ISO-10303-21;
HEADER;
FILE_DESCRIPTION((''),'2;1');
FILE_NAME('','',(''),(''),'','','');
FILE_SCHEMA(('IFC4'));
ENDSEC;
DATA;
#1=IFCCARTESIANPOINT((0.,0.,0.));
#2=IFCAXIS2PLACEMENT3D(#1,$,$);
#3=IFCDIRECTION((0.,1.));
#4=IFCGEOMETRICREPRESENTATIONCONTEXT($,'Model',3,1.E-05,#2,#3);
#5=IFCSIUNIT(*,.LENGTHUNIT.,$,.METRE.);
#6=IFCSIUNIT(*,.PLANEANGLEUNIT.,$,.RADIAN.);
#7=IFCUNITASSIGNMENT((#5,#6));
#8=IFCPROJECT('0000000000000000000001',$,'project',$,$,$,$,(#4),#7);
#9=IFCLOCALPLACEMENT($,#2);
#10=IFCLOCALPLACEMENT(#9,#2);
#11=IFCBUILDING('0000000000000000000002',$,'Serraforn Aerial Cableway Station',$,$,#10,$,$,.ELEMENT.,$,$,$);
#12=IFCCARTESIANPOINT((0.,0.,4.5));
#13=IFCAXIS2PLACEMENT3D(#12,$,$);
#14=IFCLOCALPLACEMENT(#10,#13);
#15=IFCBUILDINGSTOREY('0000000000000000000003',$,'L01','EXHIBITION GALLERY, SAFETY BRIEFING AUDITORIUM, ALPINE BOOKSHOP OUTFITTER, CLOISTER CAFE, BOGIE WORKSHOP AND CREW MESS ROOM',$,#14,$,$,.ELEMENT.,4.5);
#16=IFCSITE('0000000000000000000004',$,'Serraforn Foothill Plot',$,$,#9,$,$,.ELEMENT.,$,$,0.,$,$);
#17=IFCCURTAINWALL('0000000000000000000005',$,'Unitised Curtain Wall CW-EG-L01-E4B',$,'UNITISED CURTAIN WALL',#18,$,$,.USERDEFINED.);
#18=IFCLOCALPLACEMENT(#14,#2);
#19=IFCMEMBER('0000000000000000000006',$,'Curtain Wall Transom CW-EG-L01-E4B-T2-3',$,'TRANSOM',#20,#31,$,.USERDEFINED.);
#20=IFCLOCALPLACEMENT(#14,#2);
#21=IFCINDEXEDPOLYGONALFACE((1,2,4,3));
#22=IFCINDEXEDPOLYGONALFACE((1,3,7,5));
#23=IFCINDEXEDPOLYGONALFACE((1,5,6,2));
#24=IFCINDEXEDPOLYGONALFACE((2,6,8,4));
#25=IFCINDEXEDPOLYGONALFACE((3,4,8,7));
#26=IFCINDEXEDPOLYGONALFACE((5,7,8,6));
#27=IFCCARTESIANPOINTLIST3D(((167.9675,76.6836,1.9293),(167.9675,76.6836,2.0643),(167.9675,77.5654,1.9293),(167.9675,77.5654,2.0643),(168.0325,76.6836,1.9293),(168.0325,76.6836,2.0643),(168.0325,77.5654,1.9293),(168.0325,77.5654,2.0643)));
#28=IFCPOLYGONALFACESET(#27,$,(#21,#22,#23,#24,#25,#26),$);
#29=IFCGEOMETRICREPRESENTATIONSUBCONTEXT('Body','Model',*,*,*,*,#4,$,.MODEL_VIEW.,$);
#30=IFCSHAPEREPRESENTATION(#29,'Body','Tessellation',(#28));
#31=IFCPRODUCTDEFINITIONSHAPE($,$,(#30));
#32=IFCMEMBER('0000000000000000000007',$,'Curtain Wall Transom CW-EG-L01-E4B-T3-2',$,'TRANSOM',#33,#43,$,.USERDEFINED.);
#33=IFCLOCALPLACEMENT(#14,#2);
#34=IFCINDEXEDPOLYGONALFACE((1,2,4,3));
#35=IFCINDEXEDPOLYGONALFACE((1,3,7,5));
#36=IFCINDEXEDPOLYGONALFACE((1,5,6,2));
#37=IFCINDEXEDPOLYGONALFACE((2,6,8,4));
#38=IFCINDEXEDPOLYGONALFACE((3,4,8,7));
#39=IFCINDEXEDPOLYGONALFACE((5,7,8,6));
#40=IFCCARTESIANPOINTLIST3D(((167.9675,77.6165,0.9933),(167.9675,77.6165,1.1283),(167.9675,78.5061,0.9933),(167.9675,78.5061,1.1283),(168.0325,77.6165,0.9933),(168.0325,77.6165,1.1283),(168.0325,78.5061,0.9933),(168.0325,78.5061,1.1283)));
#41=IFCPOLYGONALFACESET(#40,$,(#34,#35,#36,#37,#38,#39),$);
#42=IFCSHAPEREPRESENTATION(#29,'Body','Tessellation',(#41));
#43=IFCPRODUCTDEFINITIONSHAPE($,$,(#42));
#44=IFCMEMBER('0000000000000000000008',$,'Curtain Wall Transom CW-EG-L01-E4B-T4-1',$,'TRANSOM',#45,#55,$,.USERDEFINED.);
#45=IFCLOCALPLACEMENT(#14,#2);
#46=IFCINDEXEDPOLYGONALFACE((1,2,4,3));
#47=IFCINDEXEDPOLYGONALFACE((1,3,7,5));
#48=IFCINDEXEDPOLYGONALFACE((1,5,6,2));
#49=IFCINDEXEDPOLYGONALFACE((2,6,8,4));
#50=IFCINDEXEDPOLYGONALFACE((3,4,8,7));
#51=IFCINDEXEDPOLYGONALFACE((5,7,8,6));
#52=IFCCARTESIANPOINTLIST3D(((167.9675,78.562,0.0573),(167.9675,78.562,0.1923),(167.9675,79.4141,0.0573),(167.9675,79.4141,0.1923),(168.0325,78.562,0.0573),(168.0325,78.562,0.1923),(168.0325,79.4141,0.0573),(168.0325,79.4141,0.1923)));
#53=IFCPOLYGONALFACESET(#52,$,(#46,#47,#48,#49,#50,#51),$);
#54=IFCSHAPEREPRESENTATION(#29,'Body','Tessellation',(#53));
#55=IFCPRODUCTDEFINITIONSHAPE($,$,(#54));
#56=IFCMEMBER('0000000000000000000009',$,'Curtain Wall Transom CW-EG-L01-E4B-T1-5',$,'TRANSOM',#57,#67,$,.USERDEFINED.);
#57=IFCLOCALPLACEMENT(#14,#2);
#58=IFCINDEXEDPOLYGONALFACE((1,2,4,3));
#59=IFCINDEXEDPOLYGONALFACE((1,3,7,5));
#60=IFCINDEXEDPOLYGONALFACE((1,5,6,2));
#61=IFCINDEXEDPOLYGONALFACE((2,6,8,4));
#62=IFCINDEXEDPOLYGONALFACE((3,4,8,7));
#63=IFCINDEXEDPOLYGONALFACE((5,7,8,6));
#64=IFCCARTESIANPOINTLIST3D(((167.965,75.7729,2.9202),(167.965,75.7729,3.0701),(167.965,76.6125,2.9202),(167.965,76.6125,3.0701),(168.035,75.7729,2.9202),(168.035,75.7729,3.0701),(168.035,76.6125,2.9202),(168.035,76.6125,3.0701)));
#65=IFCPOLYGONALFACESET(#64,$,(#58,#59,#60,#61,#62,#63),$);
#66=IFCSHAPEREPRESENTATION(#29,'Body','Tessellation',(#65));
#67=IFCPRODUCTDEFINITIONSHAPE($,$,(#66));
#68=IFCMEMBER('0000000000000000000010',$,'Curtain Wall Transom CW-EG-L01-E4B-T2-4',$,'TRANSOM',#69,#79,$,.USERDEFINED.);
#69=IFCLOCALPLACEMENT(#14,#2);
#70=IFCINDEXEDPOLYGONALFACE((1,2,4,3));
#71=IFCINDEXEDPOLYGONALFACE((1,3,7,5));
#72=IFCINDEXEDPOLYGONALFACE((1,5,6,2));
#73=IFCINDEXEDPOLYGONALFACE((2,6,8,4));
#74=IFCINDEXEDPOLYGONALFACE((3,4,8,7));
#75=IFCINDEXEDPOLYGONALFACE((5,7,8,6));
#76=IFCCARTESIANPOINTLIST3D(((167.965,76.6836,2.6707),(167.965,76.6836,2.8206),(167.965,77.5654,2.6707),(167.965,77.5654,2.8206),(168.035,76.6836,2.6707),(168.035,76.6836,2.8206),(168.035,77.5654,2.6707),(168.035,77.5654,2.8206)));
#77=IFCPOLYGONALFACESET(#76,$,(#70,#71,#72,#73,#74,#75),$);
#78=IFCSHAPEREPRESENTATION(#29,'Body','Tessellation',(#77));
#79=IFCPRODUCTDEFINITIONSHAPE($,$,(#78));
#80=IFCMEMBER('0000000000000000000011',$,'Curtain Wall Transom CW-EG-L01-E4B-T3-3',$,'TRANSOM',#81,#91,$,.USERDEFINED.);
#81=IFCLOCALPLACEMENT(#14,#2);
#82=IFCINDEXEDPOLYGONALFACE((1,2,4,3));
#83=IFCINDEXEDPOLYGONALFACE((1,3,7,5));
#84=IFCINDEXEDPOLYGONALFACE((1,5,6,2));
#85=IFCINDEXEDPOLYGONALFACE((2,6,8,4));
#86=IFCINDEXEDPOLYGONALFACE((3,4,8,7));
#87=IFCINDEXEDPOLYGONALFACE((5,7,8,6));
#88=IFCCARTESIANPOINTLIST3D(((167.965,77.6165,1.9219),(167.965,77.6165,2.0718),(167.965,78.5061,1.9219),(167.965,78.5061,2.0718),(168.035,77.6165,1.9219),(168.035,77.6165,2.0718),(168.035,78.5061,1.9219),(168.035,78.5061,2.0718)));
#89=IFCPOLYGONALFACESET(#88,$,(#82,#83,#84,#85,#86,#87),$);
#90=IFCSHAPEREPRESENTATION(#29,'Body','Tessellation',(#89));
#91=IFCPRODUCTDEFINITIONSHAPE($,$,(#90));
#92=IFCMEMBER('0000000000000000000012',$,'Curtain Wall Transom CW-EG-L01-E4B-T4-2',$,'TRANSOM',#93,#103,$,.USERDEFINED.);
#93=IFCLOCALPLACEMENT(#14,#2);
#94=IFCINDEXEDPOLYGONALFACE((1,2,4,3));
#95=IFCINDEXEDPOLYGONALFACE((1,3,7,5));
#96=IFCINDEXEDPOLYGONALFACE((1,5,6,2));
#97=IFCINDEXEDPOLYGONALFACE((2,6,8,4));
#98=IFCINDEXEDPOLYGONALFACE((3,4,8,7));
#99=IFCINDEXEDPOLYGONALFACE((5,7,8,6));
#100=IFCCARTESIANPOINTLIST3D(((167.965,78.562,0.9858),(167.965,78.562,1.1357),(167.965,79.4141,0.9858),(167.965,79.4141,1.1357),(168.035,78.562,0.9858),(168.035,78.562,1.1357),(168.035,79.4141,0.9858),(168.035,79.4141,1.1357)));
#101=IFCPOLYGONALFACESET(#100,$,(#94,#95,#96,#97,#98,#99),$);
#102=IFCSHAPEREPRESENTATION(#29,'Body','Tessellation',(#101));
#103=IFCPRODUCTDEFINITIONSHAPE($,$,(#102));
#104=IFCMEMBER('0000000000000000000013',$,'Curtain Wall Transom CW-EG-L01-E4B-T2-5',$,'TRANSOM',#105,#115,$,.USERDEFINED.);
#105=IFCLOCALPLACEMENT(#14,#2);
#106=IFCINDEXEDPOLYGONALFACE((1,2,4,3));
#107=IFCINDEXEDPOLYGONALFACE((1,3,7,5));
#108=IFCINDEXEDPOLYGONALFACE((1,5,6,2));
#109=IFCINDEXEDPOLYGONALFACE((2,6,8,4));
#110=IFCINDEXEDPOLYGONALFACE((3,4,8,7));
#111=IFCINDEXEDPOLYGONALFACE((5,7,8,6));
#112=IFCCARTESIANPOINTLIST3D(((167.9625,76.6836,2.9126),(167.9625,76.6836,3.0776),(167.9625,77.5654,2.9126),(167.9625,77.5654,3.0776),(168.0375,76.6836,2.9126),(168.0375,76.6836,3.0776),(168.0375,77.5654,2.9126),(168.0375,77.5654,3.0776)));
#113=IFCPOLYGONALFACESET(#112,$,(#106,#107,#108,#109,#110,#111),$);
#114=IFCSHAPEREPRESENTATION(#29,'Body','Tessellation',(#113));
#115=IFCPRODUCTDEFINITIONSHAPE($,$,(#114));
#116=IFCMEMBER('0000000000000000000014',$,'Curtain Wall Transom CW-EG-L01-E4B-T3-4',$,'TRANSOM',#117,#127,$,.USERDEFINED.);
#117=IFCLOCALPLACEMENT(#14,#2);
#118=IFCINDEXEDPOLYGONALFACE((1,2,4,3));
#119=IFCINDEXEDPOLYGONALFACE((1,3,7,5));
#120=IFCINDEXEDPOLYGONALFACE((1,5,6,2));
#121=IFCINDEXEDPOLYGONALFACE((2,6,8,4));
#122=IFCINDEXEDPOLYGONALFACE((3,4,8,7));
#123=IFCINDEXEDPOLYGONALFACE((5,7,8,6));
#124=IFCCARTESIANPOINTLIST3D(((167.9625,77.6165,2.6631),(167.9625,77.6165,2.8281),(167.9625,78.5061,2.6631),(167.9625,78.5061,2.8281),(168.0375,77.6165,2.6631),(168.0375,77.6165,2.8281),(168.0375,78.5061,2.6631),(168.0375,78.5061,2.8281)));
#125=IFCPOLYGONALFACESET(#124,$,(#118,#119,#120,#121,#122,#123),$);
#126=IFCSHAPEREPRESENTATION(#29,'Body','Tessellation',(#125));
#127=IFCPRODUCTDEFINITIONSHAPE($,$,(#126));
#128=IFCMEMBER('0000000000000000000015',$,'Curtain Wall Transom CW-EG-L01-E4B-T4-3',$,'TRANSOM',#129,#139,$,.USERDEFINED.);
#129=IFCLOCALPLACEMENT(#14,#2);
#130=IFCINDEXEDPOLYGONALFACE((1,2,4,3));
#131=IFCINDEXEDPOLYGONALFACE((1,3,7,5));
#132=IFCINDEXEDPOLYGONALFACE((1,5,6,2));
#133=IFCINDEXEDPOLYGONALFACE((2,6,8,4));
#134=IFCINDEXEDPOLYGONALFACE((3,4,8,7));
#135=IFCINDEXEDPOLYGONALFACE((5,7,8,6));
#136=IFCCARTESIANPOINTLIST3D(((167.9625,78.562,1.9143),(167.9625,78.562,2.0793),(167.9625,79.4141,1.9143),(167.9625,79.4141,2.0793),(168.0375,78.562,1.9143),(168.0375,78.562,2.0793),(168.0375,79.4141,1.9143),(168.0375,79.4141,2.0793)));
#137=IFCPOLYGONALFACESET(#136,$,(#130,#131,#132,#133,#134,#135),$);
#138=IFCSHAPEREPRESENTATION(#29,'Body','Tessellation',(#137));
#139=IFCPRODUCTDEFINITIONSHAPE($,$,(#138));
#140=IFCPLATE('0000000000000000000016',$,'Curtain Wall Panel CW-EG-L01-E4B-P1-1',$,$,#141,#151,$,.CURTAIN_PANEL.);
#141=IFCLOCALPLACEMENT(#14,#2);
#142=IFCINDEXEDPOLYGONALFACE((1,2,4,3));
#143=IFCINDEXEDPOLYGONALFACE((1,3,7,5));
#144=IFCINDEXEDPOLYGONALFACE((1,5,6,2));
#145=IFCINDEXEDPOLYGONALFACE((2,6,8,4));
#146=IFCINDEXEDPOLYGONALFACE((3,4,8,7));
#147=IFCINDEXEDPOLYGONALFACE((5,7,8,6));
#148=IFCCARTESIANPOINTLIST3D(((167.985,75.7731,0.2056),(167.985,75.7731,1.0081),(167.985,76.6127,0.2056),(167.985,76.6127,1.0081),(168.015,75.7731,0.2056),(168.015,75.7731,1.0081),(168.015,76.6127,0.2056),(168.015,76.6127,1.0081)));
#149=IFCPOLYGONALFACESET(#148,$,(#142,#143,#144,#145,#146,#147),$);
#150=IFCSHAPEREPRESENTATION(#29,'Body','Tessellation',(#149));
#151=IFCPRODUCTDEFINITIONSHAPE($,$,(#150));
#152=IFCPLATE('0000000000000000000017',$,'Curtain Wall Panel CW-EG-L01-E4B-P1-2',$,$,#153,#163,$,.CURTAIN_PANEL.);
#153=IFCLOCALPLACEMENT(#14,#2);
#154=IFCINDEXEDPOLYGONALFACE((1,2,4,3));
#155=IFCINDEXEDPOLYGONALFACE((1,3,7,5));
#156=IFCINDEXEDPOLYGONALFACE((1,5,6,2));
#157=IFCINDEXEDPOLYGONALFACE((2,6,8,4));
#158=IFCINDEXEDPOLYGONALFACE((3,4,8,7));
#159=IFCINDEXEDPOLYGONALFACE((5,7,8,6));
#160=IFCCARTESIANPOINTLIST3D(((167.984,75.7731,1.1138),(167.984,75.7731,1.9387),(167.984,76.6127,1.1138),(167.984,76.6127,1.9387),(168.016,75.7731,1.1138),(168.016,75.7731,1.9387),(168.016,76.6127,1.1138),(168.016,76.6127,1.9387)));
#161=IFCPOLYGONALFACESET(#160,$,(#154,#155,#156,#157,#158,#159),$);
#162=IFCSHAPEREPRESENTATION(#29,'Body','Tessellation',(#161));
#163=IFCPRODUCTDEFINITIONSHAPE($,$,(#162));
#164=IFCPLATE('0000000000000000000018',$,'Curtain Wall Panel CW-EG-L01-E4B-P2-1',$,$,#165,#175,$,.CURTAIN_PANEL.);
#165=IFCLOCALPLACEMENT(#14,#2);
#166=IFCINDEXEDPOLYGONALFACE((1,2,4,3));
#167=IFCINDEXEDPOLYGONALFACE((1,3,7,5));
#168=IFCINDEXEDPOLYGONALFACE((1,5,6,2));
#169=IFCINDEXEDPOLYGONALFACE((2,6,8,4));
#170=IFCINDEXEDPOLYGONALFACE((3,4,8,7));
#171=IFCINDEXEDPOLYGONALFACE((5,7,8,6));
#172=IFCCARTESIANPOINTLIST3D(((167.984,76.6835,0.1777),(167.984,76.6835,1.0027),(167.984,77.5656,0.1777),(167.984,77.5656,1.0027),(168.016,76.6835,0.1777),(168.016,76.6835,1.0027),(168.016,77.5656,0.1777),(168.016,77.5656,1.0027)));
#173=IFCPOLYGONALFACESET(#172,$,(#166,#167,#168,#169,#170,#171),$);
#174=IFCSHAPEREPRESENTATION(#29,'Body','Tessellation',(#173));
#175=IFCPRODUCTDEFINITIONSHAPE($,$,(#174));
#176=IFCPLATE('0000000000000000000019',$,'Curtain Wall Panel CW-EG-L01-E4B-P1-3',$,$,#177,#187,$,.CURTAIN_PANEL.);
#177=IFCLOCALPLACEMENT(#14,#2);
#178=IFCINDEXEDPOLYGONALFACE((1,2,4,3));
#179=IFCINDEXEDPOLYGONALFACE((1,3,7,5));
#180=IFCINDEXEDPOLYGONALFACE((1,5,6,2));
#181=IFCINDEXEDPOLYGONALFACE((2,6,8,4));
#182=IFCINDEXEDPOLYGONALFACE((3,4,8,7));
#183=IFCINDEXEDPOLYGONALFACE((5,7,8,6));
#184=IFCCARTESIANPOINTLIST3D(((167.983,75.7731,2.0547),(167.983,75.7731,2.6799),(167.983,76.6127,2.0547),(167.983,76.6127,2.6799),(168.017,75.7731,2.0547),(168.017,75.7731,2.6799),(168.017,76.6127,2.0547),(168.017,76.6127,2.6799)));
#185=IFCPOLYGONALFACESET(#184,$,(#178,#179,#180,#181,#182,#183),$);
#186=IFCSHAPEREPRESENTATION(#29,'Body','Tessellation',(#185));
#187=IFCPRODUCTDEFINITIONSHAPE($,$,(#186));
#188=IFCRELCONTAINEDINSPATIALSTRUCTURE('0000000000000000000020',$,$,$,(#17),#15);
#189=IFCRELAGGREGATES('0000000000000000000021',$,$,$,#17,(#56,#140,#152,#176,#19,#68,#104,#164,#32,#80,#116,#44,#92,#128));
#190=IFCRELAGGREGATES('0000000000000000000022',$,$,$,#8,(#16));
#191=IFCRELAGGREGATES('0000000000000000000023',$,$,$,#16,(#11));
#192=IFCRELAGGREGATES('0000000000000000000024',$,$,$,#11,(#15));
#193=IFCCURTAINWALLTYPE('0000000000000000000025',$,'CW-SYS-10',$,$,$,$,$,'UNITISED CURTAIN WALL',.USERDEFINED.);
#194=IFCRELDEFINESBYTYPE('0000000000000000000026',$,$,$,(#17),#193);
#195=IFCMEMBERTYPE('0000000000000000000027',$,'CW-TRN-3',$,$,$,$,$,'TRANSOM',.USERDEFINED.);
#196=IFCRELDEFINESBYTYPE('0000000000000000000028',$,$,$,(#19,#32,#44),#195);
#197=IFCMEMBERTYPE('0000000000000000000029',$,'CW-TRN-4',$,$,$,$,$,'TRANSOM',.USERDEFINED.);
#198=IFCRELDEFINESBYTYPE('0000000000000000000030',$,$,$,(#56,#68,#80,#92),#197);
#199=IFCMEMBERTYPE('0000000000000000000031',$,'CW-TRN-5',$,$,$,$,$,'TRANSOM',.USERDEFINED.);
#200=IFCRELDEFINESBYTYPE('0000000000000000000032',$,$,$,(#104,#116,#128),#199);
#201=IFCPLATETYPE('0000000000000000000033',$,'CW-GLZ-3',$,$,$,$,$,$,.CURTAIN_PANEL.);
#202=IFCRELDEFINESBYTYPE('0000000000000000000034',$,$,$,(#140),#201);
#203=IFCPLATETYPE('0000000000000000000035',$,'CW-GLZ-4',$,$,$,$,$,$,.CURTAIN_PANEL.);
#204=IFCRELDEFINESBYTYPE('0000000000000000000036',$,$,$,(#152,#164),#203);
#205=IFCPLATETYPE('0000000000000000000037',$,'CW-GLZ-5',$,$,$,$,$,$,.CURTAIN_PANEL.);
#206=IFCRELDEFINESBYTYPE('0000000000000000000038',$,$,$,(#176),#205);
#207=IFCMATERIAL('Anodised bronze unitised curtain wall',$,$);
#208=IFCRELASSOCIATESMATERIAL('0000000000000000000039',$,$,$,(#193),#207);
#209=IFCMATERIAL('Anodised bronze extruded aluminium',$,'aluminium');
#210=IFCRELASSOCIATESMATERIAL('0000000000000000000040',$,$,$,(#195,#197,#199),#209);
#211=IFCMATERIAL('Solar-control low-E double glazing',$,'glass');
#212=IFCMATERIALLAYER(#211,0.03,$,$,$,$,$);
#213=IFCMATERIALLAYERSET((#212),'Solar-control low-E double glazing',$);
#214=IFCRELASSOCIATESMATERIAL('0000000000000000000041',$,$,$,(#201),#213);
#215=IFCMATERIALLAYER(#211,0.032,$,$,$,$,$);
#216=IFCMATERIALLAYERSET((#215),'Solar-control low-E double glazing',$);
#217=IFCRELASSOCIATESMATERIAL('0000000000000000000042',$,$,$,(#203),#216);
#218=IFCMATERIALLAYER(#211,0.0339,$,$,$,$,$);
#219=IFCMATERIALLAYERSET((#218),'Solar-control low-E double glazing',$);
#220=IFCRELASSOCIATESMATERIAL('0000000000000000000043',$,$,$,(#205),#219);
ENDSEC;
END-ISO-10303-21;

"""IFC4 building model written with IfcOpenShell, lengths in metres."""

from ifc_helpers import new_model, si_unit, direction, frame, origin, origin_2d, place, context, subcontext, project, spatial, rectangle, extrude, material, layer, layer_set, material_profile, profile_set, type_object, element, aggregate, save


model = new_model("IFC4")

# Units and contexts
model_context = context("Model", 3, precision=1e-05, world=origin(), true_north=direction((0.0, 1.0)))
body_context = subcontext(model_context, "Body", "Model", "MODEL_VIEW")
ifc_project = project(units=[si_unit("LENGTHUNIT", "METRE"), si_unit("PLANEANGLEUNIT", "RADIAN")], contexts=[model_context])

# Site, building, storey
site_placement = place(None, origin())
site = spatial("IfcSite", under=ifc_project, at=site_placement, Name="Serraforn Foothill Plot", CompositionType="ELEMENT", RefElevation=0.0)
building_placement = place(site_placement, origin())
building = spatial("IfcBuilding", under=site, at=building_placement, Name="Serraforn Aerial Cableway Station", CompositionType="ELEMENT")
storey_placement = place(building_placement, frame((0.0, 0.0, 4.5)))
storey = spatial("IfcBuildingStorey", under=building, at=storey_placement, Name="L01", Description="EXHIBITION GALLERY, SAFETY BRIEFING AUDITORIUM, ALPINE BOOKSHOP OUTFITTER, CLOISTER CAFE, BOGIE WORKSHOP AND CREW MESS ROOM", CompositionType="ELEMENT", Elevation=4.5)

# Curtain wall, members, plates
ifc_material_1 = material(Name="Anodised bronze unitised curtain wall")
curtain_wall_type = type_object("IfcCurtainWallType", Name="CW-SYS-10", ElementType="UNITISED CURTAIN WALL", PredefinedType="USERDEFINED", material=ifc_material_1)
curtain_wall_placement = place(storey_placement, origin())
curtain_wall = element("IfcCurtainWall", 1, at=curtain_wall_placement, inside=storey, type_object=curtain_wall_type, Name="Unitised Curtain Wall CW-EG-L01-E4B", ObjectType="UNITISED CURTAIN WALL", PredefinedType="USERDEFINED")
ifc_material_2 = material(Name="Anodised bronze extruded aluminium", Category="aluminium")
ifc_material_profile_1 = material_profile(ifc_material_2, rectangle(XDim=0.0649, YDim=0.135, at=origin_2d()), Name="CW TRANSOM 65x135")
ifc_profile_set_1 = profile_set([ifc_material_profile_1], Name="Anodised bronze extruded aluminium")
member_type_1 = type_object("IfcMemberType", Name="CW-TRN-3", ElementType="TRANSOM", PredefinedType="USERDEFINED", material=ifc_profile_set_1)
member_1_placement = place(storey_placement, frame((168.0, 76.6836, 1.9968), z_axis=(0.0, 1.0, 0.0), x_axis=(-1.0, 0.0, 0.0)))
member_1 = element("IfcMember", 2, at=member_1_placement, type_object=member_type_1, Name="Curtain Wall Transom CW-EG-L01-E4B-T2-3", ObjectType="TRANSOM", PredefinedType="USERDEFINED", context=body_context, shape_type="SweptSolid", body=[
    extrude(rectangle(XDim=0.0649, YDim=0.135, at=origin_2d()), origin(), (0.0, 0.0, 1.0), 0.8818),
])
member_2_placement = place(storey_placement, frame((168.0, 77.6165, 1.0608), z_axis=(0.0, 1.0, 0.0), x_axis=(-1.0, 0.0, 0.0)))
member_2 = element("IfcMember", 3, at=member_2_placement, type_object=member_type_1, Name="Curtain Wall Transom CW-EG-L01-E4B-T3-2", ObjectType="TRANSOM", PredefinedType="USERDEFINED", context=body_context, shape_type="SweptSolid", body=[
    extrude(rectangle(XDim=0.0649, YDim=0.135, at=origin_2d()), origin(), (0.0, 0.0, 1.0), 0.8896),
])
member_3_placement = place(storey_placement, frame((168.0, 78.562, 0.1248), z_axis=(0.0, 1.0, 0.0), x_axis=(-1.0, 0.0, 0.0)))
member_3 = element("IfcMember", 4, at=member_3_placement, type_object=member_type_1, Name="Curtain Wall Transom CW-EG-L01-E4B-T4-1", ObjectType="TRANSOM", PredefinedType="USERDEFINED", context=body_context, shape_type="SweptSolid", body=[
    extrude(rectangle(XDim=0.0649, YDim=0.135, at=origin_2d()), origin(), (0.0, 0.0, 1.0), 0.8521),
])
ifc_material_profile_2 = material_profile(ifc_material_2, rectangle(XDim=0.0701, YDim=0.1499, at=origin_2d()), Name="CW TRANSOM 70x150")
ifc_profile_set_2 = profile_set([ifc_material_profile_2], Name="Anodised bronze extruded aluminium")
member_type_2 = type_object("IfcMemberType", Name="CW-TRN-4", ElementType="TRANSOM", PredefinedType="USERDEFINED", material=ifc_profile_set_2)
member_4_placement = place(storey_placement, frame((168.0, 75.7729, 2.9951), z_axis=(0.0, 1.0, 0.0), x_axis=(-1.0, 0.0, 0.0)))
member_4 = element("IfcMember", 5, at=member_4_placement, type_object=member_type_2, Name="Curtain Wall Transom CW-EG-L01-E4B-T1-5", ObjectType="TRANSOM", PredefinedType="USERDEFINED", context=body_context, shape_type="SweptSolid", body=[
    extrude(rectangle(XDim=0.0701, YDim=0.1499, at=origin_2d()), origin(), (0.0, 0.0, 1.0), 0.8396),
])
member_5_placement = place(storey_placement, frame((168.0, 76.6836, 2.7456), z_axis=(0.0, 1.0, 0.0), x_axis=(-1.0, 0.0, 0.0)))
member_5 = element("IfcMember", 6, at=member_5_placement, type_object=member_type_2, Name="Curtain Wall Transom CW-EG-L01-E4B-T2-4", ObjectType="TRANSOM", PredefinedType="USERDEFINED", context=body_context, shape_type="SweptSolid", body=[
    extrude(rectangle(XDim=0.0701, YDim=0.1499, at=origin_2d()), origin(), (0.0, 0.0, 1.0), 0.8818),
])
member_6_placement = place(storey_placement, frame((168.0, 77.6165, 1.9968), z_axis=(0.0, 1.0, 0.0), x_axis=(-1.0, 0.0, 0.0)))
member_6 = element("IfcMember", 7, at=member_6_placement, type_object=member_type_2, Name="Curtain Wall Transom CW-EG-L01-E4B-T3-3", ObjectType="TRANSOM", PredefinedType="USERDEFINED", context=body_context, shape_type="SweptSolid", body=[
    extrude(rectangle(XDim=0.0701, YDim=0.1499, at=origin_2d()), origin(), (0.0, 0.0, 1.0), 0.8896),
])
member_7_placement = place(storey_placement, frame((168.0, 78.562, 1.0608), z_axis=(0.0, 1.0, 0.0), x_axis=(-1.0, 0.0, 0.0)))
member_7 = element("IfcMember", 8, at=member_7_placement, type_object=member_type_2, Name="Curtain Wall Transom CW-EG-L01-E4B-T4-2", ObjectType="TRANSOM", PredefinedType="USERDEFINED", context=body_context, shape_type="SweptSolid", body=[
    extrude(rectangle(XDim=0.0701, YDim=0.1499, at=origin_2d()), origin(), (0.0, 0.0, 1.0), 0.8521),
])
ifc_material_profile_3 = material_profile(ifc_material_2, rectangle(XDim=0.075, YDim=0.165, at=origin_2d()), Name="CW TRANSOM 75x165")
ifc_profile_set_3 = profile_set([ifc_material_profile_3], Name="Anodised bronze extruded aluminium")
member_type_3 = type_object("IfcMemberType", Name="CW-TRN-5", ElementType="TRANSOM", PredefinedType="USERDEFINED", material=ifc_profile_set_3)
member_8_placement = place(storey_placement, frame((168.0, 76.6836, 2.9951), z_axis=(0.0, 1.0, 0.0), x_axis=(-1.0, 0.0, 0.0)))
member_8 = element("IfcMember", 9, at=member_8_placement, type_object=member_type_3, Name="Curtain Wall Transom CW-EG-L01-E4B-T2-5", ObjectType="TRANSOM", PredefinedType="USERDEFINED", context=body_context, shape_type="SweptSolid", body=[
    extrude(rectangle(XDim=0.075, YDim=0.165, at=origin_2d()), origin(), (0.0, 0.0, 1.0), 0.8818),
])
member_9_placement = place(storey_placement, frame((168.0, 77.6165, 2.7456), z_axis=(0.0, 1.0, 0.0), x_axis=(-1.0, 0.0, 0.0)))
member_9 = element("IfcMember", 10, at=member_9_placement, type_object=member_type_3, Name="Curtain Wall Transom CW-EG-L01-E4B-T3-4", ObjectType="TRANSOM", PredefinedType="USERDEFINED", context=body_context, shape_type="SweptSolid", body=[
    extrude(rectangle(XDim=0.075, YDim=0.165, at=origin_2d()), origin(), (0.0, 0.0, 1.0), 0.8896),
])
member_10_placement = place(storey_placement, frame((168.0, 78.562, 1.9968), z_axis=(0.0, 1.0, 0.0), x_axis=(-1.0, 0.0, 0.0)))
member_10 = element("IfcMember", 11, at=member_10_placement, type_object=member_type_3, Name="Curtain Wall Transom CW-EG-L01-E4B-T4-3", ObjectType="TRANSOM", PredefinedType="USERDEFINED", context=body_context, shape_type="SweptSolid", body=[
    extrude(rectangle(XDim=0.075, YDim=0.165, at=origin_2d()), origin(), (0.0, 0.0, 1.0), 0.8521),
])
ifc_material_3 = material(Name="Solar-control low-E double glazing", Category="glass")
ifc_layer_1 = layer(ifc_material_3, 0.03)
ifc_layer_set_1 = layer_set([ifc_layer_1], Name="Solar-control low-E double glazing")
plate_type_1 = type_object("IfcPlateType", Name="CW-GLZ-3", PredefinedType="CURTAIN_PANEL", material=ifc_layer_set_1)
plate_1_placement = place(storey_placement, frame((168.0, 76.1929, 0.2056), z_axis=(0.0, 0.0, 1.0), x_axis=(1.0, 0.0, 0.0)))
plate_1 = element("IfcPlate", 12, at=plate_1_placement, type_object=plate_type_1, Name="Curtain Wall Panel CW-EG-L01-E4B-P1-1", PredefinedType="CURTAIN_PANEL", context=body_context, shape_type="SweptSolid", body=[
    extrude(rectangle(XDim=0.03, YDim=0.8396, at=origin_2d()), origin(), (0.0, 0.0, 1.0), 0.8025),
])
ifc_layer_2 = layer(ifc_material_3, 0.032)
ifc_layer_set_2 = layer_set([ifc_layer_2], Name="Solar-control low-E double glazing")
plate_type_2 = type_object("IfcPlateType", Name="CW-GLZ-4", PredefinedType="CURTAIN_PANEL", material=ifc_layer_set_2)
plate_2_placement = place(storey_placement, frame((168.0, 76.1929, 1.1138), z_axis=(0.0, 0.0, 1.0), x_axis=(1.0, 0.0, 0.0)))
plate_2 = element("IfcPlate", 13, at=plate_2_placement, type_object=plate_type_2, Name="Curtain Wall Panel CW-EG-L01-E4B-P1-2", PredefinedType="CURTAIN_PANEL", context=body_context, shape_type="SweptSolid", body=[
    extrude(rectangle(XDim=0.032, YDim=0.8396, at=origin_2d()), origin(), (0.0, 0.0, 1.0), 0.825),
])
plate_3_placement = place(storey_placement, frame((168.0, 77.1245, 0.1777), z_axis=(0.0, 0.0, 1.0), x_axis=(1.0, 0.0, 0.0)))
plate_3 = element("IfcPlate", 14, at=plate_3_placement, type_object=plate_type_2, Name="Curtain Wall Panel CW-EG-L01-E4B-P2-1", PredefinedType="CURTAIN_PANEL", context=body_context, shape_type="SweptSolid", body=[
    extrude(rectangle(XDim=0.032, YDim=0.8821, at=origin_2d()), origin(), (0.0, 0.0, 1.0), 0.825),
])
ifc_layer_3 = layer(ifc_material_3, 0.0339)
ifc_layer_set_3 = layer_set([ifc_layer_3], Name="Solar-control low-E double glazing")
plate_type_3 = type_object("IfcPlateType", Name="CW-GLZ-5", PredefinedType="CURTAIN_PANEL", material=ifc_layer_set_3)
plate_4_placement = place(storey_placement, frame((168.0, 76.1929, 2.0547), z_axis=(0.0, 0.0, 1.0), x_axis=(1.0, 0.0, 0.0)))
plate_4 = element("IfcPlate", 15, at=plate_4_placement, type_object=plate_type_3, Name="Curtain Wall Panel CW-EG-L01-E4B-P1-3", PredefinedType="CURTAIN_PANEL", context=body_context, shape_type="SweptSolid", body=[
    extrude(rectangle(XDim=0.0339, YDim=0.8396, at=origin_2d()), origin(), (0.0, 0.0, 1.0), 0.6252),
])
aggregate(curtain_wall, [member_4, plate_1, plate_2, plate_4, member_1, member_5, member_8, plate_3, member_2, member_6, member_9, member_3, member_7, member_10])

save(model, "model.ifc")
